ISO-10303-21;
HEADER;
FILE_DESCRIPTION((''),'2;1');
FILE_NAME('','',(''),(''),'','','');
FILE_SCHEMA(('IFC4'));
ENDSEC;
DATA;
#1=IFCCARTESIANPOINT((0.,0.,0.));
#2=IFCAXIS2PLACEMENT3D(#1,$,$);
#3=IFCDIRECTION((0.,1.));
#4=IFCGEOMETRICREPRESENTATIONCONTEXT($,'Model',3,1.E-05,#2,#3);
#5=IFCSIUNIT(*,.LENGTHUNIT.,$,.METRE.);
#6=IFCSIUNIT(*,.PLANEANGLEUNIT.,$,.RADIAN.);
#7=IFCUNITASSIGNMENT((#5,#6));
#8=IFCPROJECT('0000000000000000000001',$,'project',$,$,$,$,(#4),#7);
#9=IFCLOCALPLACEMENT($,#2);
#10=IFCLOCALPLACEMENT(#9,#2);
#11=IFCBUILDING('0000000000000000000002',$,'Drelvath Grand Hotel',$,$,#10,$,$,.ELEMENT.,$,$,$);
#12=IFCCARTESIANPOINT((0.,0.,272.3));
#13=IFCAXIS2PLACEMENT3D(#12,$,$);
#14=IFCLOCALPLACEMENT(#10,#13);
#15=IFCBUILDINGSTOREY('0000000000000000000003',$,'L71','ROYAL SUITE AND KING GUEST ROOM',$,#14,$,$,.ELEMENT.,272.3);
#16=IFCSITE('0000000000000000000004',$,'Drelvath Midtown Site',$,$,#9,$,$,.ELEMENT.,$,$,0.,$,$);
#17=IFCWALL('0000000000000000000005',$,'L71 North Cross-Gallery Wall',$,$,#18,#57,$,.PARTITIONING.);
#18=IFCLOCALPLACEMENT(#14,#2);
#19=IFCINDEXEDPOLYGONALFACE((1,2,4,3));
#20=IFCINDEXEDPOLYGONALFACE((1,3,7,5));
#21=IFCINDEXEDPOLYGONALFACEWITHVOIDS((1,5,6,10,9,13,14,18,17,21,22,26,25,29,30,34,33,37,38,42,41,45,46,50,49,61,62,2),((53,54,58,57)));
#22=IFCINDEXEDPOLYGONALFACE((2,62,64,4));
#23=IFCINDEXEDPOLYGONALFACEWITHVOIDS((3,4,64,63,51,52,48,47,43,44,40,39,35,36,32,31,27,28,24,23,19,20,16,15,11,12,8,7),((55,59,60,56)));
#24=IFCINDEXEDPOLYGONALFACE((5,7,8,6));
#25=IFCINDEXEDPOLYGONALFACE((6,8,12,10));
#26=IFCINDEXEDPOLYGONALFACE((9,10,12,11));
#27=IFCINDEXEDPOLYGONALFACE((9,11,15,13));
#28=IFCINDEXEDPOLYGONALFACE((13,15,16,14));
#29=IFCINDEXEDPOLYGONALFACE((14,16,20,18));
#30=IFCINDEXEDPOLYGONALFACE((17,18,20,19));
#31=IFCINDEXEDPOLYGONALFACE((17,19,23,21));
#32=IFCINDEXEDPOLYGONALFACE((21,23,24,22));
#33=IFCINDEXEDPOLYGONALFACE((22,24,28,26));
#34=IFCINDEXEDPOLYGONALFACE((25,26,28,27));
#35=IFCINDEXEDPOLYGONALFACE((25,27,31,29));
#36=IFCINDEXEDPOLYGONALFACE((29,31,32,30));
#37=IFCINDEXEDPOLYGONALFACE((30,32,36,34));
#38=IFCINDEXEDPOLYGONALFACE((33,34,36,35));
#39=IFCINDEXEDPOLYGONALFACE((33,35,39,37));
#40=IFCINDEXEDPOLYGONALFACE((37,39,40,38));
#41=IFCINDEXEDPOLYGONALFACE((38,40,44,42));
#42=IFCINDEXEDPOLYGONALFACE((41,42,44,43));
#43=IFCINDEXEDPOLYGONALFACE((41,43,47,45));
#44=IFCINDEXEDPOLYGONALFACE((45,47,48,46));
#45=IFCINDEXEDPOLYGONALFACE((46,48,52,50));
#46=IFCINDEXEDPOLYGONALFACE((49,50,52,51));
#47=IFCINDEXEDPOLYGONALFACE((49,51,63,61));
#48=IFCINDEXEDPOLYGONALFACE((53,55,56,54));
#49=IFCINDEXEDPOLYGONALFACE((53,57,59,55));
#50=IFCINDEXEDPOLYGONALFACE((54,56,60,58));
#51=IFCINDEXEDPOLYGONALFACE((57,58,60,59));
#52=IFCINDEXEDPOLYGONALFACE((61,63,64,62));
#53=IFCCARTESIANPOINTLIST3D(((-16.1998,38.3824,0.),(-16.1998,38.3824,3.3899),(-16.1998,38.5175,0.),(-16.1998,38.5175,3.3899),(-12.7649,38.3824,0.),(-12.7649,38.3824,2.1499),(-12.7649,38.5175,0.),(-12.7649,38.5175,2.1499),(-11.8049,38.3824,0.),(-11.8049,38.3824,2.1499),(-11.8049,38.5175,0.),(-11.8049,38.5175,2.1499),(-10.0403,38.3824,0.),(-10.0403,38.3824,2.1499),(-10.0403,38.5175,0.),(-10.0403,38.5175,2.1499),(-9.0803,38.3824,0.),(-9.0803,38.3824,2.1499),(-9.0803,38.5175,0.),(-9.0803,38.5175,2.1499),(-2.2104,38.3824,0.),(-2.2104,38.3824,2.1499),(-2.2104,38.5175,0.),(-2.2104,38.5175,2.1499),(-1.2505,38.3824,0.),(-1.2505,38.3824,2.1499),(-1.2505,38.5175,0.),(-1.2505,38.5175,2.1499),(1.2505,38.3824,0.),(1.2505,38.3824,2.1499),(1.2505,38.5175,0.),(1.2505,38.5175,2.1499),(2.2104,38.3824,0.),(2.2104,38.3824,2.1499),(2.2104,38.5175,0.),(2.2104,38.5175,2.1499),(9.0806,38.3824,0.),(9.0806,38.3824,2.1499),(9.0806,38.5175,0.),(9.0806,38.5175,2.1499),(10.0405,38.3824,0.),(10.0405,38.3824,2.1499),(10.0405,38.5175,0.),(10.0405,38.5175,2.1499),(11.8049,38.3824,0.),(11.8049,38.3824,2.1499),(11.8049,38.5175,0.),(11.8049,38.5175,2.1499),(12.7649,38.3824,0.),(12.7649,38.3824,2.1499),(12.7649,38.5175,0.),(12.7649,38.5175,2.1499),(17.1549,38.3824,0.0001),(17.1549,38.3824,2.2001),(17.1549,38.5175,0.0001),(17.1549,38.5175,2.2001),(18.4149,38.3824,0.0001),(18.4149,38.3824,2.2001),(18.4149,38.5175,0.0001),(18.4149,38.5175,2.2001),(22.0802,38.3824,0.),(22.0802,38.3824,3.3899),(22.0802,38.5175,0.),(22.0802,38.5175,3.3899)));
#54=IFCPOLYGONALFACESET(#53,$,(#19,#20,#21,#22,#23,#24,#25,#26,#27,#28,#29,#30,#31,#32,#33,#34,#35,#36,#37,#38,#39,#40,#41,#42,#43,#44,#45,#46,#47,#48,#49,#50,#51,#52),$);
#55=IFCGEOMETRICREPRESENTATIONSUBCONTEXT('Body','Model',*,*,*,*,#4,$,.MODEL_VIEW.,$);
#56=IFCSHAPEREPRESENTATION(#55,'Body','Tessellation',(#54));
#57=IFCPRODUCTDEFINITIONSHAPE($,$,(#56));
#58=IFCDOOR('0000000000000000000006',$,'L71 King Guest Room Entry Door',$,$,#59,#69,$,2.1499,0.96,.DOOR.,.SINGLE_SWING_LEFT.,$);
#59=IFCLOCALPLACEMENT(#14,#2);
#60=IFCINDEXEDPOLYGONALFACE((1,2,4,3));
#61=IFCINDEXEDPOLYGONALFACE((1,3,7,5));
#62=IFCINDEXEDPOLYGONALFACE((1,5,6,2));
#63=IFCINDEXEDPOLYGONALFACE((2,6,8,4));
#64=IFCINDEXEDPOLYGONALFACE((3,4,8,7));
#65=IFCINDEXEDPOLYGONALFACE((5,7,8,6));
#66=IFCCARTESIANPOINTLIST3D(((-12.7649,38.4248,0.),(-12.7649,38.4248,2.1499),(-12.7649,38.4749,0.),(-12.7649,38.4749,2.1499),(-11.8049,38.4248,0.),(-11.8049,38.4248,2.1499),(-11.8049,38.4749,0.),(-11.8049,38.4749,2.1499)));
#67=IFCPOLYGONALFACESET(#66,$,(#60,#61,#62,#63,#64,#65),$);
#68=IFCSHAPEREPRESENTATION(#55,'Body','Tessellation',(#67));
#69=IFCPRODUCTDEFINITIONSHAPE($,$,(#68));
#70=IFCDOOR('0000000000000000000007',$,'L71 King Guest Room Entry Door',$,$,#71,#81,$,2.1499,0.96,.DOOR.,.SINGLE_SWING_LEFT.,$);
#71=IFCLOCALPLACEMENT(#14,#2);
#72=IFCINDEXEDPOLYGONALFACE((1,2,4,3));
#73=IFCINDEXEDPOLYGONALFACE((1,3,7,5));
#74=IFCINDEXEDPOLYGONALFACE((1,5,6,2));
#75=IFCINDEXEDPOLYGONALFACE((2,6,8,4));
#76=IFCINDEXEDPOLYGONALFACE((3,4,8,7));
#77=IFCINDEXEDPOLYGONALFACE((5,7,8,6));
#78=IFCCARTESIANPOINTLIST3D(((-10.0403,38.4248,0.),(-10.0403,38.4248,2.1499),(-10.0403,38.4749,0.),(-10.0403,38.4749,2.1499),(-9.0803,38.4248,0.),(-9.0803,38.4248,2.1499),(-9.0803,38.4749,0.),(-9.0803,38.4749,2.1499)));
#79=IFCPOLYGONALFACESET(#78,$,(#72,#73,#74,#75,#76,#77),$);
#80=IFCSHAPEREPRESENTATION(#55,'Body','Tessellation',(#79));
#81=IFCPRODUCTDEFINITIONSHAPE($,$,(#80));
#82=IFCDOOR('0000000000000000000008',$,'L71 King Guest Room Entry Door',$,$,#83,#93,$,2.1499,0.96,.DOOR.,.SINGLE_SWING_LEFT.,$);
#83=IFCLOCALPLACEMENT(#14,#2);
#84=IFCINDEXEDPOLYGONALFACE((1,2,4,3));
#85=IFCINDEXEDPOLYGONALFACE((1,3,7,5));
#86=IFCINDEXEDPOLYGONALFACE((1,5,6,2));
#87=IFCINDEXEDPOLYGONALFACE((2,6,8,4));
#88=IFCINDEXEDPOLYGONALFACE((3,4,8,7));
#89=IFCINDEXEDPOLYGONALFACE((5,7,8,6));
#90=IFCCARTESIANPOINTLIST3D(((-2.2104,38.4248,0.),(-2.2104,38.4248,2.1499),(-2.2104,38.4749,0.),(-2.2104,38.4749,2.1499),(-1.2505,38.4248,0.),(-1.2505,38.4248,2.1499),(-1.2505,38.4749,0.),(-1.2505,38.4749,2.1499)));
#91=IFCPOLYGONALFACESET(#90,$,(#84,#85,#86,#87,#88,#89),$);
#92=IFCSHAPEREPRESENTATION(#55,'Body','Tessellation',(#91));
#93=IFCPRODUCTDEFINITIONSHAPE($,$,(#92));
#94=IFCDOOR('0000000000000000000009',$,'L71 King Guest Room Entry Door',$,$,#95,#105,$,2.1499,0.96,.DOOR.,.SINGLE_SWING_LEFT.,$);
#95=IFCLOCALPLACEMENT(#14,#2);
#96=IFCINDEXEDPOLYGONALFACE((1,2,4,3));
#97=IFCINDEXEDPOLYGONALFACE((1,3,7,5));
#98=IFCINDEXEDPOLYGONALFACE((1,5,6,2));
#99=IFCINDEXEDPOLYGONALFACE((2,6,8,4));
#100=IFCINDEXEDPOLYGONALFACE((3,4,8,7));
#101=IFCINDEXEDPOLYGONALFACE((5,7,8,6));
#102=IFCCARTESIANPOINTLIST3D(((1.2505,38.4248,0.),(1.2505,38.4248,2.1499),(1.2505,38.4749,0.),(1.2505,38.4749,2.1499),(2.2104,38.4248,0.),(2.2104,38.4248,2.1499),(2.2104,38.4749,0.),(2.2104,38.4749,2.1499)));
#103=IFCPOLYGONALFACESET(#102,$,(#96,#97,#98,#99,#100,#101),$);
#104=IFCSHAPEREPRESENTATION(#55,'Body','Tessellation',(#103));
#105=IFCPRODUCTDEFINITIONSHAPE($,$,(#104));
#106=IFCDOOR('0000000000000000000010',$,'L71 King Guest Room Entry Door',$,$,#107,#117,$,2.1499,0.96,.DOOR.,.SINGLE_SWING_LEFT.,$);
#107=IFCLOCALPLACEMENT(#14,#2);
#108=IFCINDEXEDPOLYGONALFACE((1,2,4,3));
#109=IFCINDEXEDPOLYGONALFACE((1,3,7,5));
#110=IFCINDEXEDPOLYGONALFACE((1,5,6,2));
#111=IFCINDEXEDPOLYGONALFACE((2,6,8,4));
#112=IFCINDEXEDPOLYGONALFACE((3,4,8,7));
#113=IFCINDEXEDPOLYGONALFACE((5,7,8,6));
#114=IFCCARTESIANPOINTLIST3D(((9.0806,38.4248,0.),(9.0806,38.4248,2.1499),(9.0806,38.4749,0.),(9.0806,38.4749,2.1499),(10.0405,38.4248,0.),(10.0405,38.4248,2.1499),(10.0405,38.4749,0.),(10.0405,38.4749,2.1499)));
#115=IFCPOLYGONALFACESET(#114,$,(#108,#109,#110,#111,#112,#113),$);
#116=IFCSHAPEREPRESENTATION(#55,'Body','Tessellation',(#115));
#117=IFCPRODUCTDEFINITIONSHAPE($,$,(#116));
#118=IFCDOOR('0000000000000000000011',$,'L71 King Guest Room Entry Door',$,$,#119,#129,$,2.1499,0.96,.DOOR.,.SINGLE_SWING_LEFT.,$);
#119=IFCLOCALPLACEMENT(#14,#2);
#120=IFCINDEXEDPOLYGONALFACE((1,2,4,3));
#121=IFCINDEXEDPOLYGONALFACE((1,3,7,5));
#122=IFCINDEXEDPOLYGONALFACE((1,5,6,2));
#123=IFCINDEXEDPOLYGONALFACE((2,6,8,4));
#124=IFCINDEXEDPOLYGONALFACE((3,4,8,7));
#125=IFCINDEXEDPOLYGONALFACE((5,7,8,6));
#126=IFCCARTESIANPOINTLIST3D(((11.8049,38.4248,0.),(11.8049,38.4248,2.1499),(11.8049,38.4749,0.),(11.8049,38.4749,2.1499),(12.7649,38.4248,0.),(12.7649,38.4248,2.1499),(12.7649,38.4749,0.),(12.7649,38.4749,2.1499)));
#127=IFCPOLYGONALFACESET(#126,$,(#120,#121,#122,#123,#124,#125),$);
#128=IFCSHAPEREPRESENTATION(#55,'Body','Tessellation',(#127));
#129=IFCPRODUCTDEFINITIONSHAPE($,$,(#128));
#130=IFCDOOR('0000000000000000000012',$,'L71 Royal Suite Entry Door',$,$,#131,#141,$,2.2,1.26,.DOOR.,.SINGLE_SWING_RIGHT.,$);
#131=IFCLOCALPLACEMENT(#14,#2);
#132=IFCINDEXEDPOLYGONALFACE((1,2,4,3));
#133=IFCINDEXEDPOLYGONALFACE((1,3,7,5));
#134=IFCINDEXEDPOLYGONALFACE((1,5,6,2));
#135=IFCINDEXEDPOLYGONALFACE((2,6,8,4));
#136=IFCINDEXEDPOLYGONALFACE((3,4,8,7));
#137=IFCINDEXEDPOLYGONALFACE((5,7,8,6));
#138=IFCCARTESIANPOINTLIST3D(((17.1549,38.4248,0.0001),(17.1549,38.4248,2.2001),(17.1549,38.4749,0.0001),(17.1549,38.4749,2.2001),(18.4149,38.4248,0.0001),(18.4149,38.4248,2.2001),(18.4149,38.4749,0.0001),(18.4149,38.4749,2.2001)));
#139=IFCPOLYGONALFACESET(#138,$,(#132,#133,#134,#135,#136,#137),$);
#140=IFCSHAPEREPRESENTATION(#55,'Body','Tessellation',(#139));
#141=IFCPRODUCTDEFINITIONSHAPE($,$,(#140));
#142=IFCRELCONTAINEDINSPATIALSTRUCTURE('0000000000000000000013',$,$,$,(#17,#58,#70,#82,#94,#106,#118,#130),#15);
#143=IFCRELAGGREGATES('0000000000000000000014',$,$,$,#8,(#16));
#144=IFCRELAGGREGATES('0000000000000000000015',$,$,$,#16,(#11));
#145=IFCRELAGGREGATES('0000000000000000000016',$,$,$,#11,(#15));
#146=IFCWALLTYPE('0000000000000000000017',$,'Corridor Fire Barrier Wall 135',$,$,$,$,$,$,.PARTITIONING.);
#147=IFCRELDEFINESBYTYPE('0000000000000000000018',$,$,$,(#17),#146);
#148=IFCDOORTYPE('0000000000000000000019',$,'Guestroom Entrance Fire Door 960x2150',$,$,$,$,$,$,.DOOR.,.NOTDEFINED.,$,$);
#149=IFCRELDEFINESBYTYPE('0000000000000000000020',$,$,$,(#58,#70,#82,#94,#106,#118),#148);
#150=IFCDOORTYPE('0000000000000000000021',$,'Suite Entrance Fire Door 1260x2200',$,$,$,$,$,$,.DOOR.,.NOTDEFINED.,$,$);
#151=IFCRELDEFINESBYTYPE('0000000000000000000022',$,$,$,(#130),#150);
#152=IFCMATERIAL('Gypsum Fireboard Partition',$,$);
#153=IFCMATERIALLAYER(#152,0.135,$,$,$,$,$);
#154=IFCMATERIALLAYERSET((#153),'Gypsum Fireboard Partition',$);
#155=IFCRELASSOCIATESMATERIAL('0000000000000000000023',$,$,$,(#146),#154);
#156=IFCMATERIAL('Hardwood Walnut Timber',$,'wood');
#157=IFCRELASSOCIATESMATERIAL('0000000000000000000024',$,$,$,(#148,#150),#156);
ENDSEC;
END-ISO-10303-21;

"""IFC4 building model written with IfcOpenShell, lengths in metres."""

from ifc_helpers import new_model, si_unit, direction, frame, frame_2d, origin, place, context, subcontext, project, spatial, rectangle, extrude, material, layer, layer_set, type_object, element, fill, save


model = new_model("IFC4")

# Units and contexts
model_context = context("Model", 3, precision=1e-05, world=origin(), true_north=direction((0.0, 1.0)))
body_context = subcontext(model_context, "Body", "Model", "MODEL_VIEW")
ifc_project = project(units=[si_unit("LENGTHUNIT", "METRE"), si_unit("PLANEANGLEUNIT", "RADIAN")], contexts=[model_context])

# Site, building, storey
site_placement = place(None, origin())
site = spatial("IfcSite", under=ifc_project, at=site_placement, Name="Drelvath Midtown Site", CompositionType="ELEMENT", RefElevation=0.0)
building_placement = place(site_placement, origin())
building = spatial("IfcBuilding", under=site, at=building_placement, Name="Drelvath Grand Hotel", CompositionType="ELEMENT")
storey_placement = place(building_placement, frame((0.0, 0.0, 272.3)))
storey = spatial("IfcBuildingStorey", under=building, at=storey_placement, Name="L71", Description="ROYAL SUITE AND KING GUEST ROOM", CompositionType="ELEMENT", Elevation=272.3)

# Wall, openings, doors
ifc_material_1 = material(Name="Gypsum Fireboard Partition")
ifc_layer_1 = layer(ifc_material_1, 0.135)
ifc_layer_set_1 = layer_set([ifc_layer_1], Name="Gypsum Fireboard Partition")
wall_type_1 = type_object("IfcWallType", Name="Corridor Fire Barrier Wall 135", PredefinedType="PARTITIONING", material=ifc_layer_set_1)
wall_1_placement = place(storey_placement, frame((-16.2, 38.45, 0.0), z_axis=(0.0, 0.0, 1.0), x_axis=(1.0, 0.0, 0.0)))
wall_1 = element("IfcWall", 1, at=wall_1_placement, inside=storey, type_object=wall_type_1, Name="L71 North Cross-Gallery Wall", PredefinedType="PARTITIONING", context=body_context, shape_type="SweptSolid", body=[
    extrude(rectangle(XDim=38.28, YDim=0.135, at=frame_2d((19.1401, 0.0))), origin(), (0.0, 0.0, 1.0), 3.3899),
])
opening_1_placement = place(wall_1_placement, frame((33.355, 0.0, 0.0)))
opening_1 = element("IfcOpeningElement", 2, at=opening_1_placement, cuts=wall_1, PredefinedType="OPENING", context=body_context, shape_type="SweptSolid", body=[
    extrude(rectangle(XDim=1.26, YDim=2.2, at=frame_2d((0.6299, 1.1001))), frame((0.0, 0.0774, 0.0), z_axis=(0.0, -1.0, 0.0), x_axis=(1.0, 0.0, 0.0)), (0.0, 0.0, 1.0), 0.155),
])
opening_2_placement = place(wall_1_placement, frame((3.4351, 0.0, 0.0)))
opening_2 = element("IfcOpeningElement", 3, at=opening_2_placement, cuts=wall_1, PredefinedType="OPENING", context=body_context, shape_type="SweptSolid", body=[
    extrude(rectangle(XDim=0.96, YDim=2.1499, at=frame_2d((0.48, 1.075))), frame((0.0, 0.0774, 0.0), z_axis=(0.0, -1.0, 0.0), x_axis=(1.0, 0.0, 0.0)), (0.0, 0.0, 1.0), 0.155),
])
opening_3_placement = place(wall_1_placement, frame((6.1597, 0.0, 0.0)))
opening_3 = element("IfcOpeningElement", 4, at=opening_3_placement, cuts=wall_1, PredefinedType="OPENING", context=body_context, shape_type="SweptSolid", body=[
    extrude(rectangle(XDim=0.96, YDim=2.1499, at=frame_2d((0.48, 1.075))), frame((0.0, 0.0774, 0.0), z_axis=(0.0, -1.0, 0.0), x_axis=(1.0, 0.0, 0.0)), (0.0, 0.0, 1.0), 0.155),
])
opening_4_placement = place(wall_1_placement, frame((13.9895, 0.0, 0.0)))
opening_4 = element("IfcOpeningElement", 5, at=opening_4_placement, cuts=wall_1, PredefinedType="OPENING", context=body_context, shape_type="SweptSolid", body=[
    extrude(rectangle(XDim=0.96, YDim=2.1499, at=frame_2d((0.48, 1.075))), frame((0.0, 0.0774, 0.0), z_axis=(0.0, -1.0, 0.0), x_axis=(1.0, 0.0, 0.0)), (0.0, 0.0, 1.0), 0.155),
])
opening_5_placement = place(wall_1_placement, frame((17.4504, 0.0, 0.0)))
opening_5 = element("IfcOpeningElement", 6, at=opening_5_placement, cuts=wall_1, PredefinedType="OPENING", context=body_context, shape_type="SweptSolid", body=[
    extrude(rectangle(XDim=0.96, YDim=2.1499, at=frame_2d((0.48, 1.075))), frame((0.0, 0.0774, 0.0), z_axis=(0.0, -1.0, 0.0), x_axis=(1.0, 0.0, 0.0)), (0.0, 0.0, 1.0), 0.155),
])
opening_6_placement = place(wall_1_placement, frame((25.2805, 0.0, 0.0)))
opening_6 = element("IfcOpeningElement", 7, at=opening_6_placement, cuts=wall_1, PredefinedType="OPENING", context=body_context, shape_type="SweptSolid", body=[
    extrude(rectangle(XDim=0.96, YDim=2.1499, at=frame_2d((0.48, 1.075))), frame((0.0, 0.0774, 0.0), z_axis=(0.0, -1.0, 0.0), x_axis=(1.0, 0.0, 0.0)), (0.0, 0.0, 1.0), 0.155),
])
opening_7_placement = place(wall_1_placement, frame((28.0049, 0.0, 0.0)))
opening_7 = element("IfcOpeningElement", 8, at=opening_7_placement, cuts=wall_1, PredefinedType="OPENING", context=body_context, shape_type="SweptSolid", body=[
    extrude(rectangle(XDim=0.96, YDim=2.1499, at=frame_2d((0.48, 1.075))), frame((0.0, 0.0774, 0.0), z_axis=(0.0, -1.0, 0.0), x_axis=(1.0, 0.0, 0.0)), (0.0, 0.0, 1.0), 0.155),
])
ifc_material_2 = material(Name="Hardwood Walnut Timber", Category="wood")
door_type_1 = type_object("IfcDoorType", Name="Guestroom Entrance Fire Door 960x2150", OperationType="NOTDEFINED", PredefinedType="DOOR", material=ifc_material_2)
door_1_placement = place(opening_2_placement, origin())
door_1 = element("IfcDoor", 9, at=door_1_placement, inside=storey, type_object=door_type_1, Name="L71 King Guest Room Entry Door", OperationType="SINGLE_SWING_LEFT", OverallHeight=2.1499, OverallWidth=0.96, PredefinedType="DOOR", context=body_context, shape_type="SweptSolid", body=[
    extrude(rectangle(XDim=0.96, YDim=2.1499, at=frame_2d((0.48, 1.075))), frame((0.0, 0.0249, 0.0), z_axis=(0.0, -1.0, 0.0), x_axis=(1.0, 0.0, 0.0)), (0.0, 0.0, 1.0), 0.05),
])
fill(opening_2, door_1)
door_2_placement = place(opening_3_placement, origin())
door_2 = element("IfcDoor", 10, at=door_2_placement, inside=storey, type_object=door_type_1, Name="L71 King Guest Room Entry Door", OperationType="SINGLE_SWING_LEFT", OverallHeight=2.1499, OverallWidth=0.96, PredefinedType="DOOR", context=body_context, shape_type="SweptSolid", body=[
    extrude(rectangle(XDim=0.96, YDim=2.1499, at=frame_2d((0.48, 1.075))), frame((0.0, 0.0249, 0.0), z_axis=(0.0, -1.0, 0.0), x_axis=(1.0, 0.0, 0.0)), (0.0, 0.0, 1.0), 0.05),
])
fill(opening_3, door_2)
door_3_placement = place(opening_4_placement, origin())
door_3 = element("IfcDoor", 11, at=door_3_placement, inside=storey, type_object=door_type_1, Name="L71 King Guest Room Entry Door", OperationType="SINGLE_SWING_LEFT", OverallHeight=2.1499, OverallWidth=0.96, PredefinedType="DOOR", context=body_context, shape_type="SweptSolid", body=[
    extrude(rectangle(XDim=0.96, YDim=2.1499, at=frame_2d((0.48, 1.075))), frame((0.0, 0.0249, 0.0), z_axis=(0.0, -1.0, 0.0), x_axis=(1.0, 0.0, 0.0)), (0.0, 0.0, 1.0), 0.05),
])
fill(opening_4, door_3)
door_4_placement = place(opening_5_placement, origin())
door_4 = element("IfcDoor", 12, at=door_4_placement, inside=storey, type_object=door_type_1, Name="L71 King Guest Room Entry Door", OperationType="SINGLE_SWING_LEFT", OverallHeight=2.1499, OverallWidth=0.96, PredefinedType="DOOR", context=body_context, shape_type="SweptSolid", body=[
    extrude(rectangle(XDim=0.96, YDim=2.1499, at=frame_2d((0.48, 1.075))), frame((0.0, 0.0249, 0.0), z_axis=(0.0, -1.0, 0.0), x_axis=(1.0, 0.0, 0.0)), (0.0, 0.0, 1.0), 0.05),
])
fill(opening_5, door_4)
door_5_placement = place(opening_6_placement, origin())
door_5 = element("IfcDoor", 13, at=door_5_placement, inside=storey, type_object=door_type_1, Name="L71 King Guest Room Entry Door", OperationType="SINGLE_SWING_LEFT", OverallHeight=2.1499, OverallWidth=0.96, PredefinedType="DOOR", context=body_context, shape_type="SweptSolid", body=[
    extrude(rectangle(XDim=0.96, YDim=2.1499, at=frame_2d((0.48, 1.075))), frame((0.0, 0.0249, 0.0), z_axis=(0.0, -1.0, 0.0), x_axis=(1.0, 0.0, 0.0)), (0.0, 0.0, 1.0), 0.05),
])
fill(opening_6, door_5)
door_6_placement = place(opening_7_placement, origin())
door_6 = element("IfcDoor", 14, at=door_6_placement, inside=storey, type_object=door_type_1, Name="L71 King Guest Room Entry Door", OperationType="SINGLE_SWING_LEFT", OverallHeight=2.1499, OverallWidth=0.96, PredefinedType="DOOR", context=body_context, shape_type="SweptSolid", body=[
    extrude(rectangle(XDim=0.96, YDim=2.1499, at=frame_2d((0.48, 1.075))), frame((0.0, 0.0249, 0.0), z_axis=(0.0, -1.0, 0.0), x_axis=(1.0, 0.0, 0.0)), (0.0, 0.0, 1.0), 0.05),
])
fill(opening_7, door_6)
door_type_2 = type_object("IfcDoorType", Name="Suite Entrance Fire Door 1260x2200", OperationType="NOTDEFINED", PredefinedType="DOOR", material=ifc_material_2)
door_7_placement = place(opening_1_placement, origin())
door_7 = element("IfcDoor", 15, at=door_7_placement, inside=storey, type_object=door_type_2, Name="L71 Royal Suite Entry Door", OperationType="SINGLE_SWING_RIGHT", OverallHeight=2.2, OverallWidth=1.26, PredefinedType="DOOR", context=body_context, shape_type="SweptSolid", body=[
    extrude(rectangle(XDim=1.26, YDim=2.2, at=frame_2d((0.6299, 1.1001))), frame((0.0, 0.0249, 0.0), z_axis=(0.0, -1.0, 0.0), x_axis=(1.0, 0.0, 0.0)), (0.0, 0.0, 1.0), 0.05),
])
fill(opening_1, door_7)

save(model, "model.ifc")
